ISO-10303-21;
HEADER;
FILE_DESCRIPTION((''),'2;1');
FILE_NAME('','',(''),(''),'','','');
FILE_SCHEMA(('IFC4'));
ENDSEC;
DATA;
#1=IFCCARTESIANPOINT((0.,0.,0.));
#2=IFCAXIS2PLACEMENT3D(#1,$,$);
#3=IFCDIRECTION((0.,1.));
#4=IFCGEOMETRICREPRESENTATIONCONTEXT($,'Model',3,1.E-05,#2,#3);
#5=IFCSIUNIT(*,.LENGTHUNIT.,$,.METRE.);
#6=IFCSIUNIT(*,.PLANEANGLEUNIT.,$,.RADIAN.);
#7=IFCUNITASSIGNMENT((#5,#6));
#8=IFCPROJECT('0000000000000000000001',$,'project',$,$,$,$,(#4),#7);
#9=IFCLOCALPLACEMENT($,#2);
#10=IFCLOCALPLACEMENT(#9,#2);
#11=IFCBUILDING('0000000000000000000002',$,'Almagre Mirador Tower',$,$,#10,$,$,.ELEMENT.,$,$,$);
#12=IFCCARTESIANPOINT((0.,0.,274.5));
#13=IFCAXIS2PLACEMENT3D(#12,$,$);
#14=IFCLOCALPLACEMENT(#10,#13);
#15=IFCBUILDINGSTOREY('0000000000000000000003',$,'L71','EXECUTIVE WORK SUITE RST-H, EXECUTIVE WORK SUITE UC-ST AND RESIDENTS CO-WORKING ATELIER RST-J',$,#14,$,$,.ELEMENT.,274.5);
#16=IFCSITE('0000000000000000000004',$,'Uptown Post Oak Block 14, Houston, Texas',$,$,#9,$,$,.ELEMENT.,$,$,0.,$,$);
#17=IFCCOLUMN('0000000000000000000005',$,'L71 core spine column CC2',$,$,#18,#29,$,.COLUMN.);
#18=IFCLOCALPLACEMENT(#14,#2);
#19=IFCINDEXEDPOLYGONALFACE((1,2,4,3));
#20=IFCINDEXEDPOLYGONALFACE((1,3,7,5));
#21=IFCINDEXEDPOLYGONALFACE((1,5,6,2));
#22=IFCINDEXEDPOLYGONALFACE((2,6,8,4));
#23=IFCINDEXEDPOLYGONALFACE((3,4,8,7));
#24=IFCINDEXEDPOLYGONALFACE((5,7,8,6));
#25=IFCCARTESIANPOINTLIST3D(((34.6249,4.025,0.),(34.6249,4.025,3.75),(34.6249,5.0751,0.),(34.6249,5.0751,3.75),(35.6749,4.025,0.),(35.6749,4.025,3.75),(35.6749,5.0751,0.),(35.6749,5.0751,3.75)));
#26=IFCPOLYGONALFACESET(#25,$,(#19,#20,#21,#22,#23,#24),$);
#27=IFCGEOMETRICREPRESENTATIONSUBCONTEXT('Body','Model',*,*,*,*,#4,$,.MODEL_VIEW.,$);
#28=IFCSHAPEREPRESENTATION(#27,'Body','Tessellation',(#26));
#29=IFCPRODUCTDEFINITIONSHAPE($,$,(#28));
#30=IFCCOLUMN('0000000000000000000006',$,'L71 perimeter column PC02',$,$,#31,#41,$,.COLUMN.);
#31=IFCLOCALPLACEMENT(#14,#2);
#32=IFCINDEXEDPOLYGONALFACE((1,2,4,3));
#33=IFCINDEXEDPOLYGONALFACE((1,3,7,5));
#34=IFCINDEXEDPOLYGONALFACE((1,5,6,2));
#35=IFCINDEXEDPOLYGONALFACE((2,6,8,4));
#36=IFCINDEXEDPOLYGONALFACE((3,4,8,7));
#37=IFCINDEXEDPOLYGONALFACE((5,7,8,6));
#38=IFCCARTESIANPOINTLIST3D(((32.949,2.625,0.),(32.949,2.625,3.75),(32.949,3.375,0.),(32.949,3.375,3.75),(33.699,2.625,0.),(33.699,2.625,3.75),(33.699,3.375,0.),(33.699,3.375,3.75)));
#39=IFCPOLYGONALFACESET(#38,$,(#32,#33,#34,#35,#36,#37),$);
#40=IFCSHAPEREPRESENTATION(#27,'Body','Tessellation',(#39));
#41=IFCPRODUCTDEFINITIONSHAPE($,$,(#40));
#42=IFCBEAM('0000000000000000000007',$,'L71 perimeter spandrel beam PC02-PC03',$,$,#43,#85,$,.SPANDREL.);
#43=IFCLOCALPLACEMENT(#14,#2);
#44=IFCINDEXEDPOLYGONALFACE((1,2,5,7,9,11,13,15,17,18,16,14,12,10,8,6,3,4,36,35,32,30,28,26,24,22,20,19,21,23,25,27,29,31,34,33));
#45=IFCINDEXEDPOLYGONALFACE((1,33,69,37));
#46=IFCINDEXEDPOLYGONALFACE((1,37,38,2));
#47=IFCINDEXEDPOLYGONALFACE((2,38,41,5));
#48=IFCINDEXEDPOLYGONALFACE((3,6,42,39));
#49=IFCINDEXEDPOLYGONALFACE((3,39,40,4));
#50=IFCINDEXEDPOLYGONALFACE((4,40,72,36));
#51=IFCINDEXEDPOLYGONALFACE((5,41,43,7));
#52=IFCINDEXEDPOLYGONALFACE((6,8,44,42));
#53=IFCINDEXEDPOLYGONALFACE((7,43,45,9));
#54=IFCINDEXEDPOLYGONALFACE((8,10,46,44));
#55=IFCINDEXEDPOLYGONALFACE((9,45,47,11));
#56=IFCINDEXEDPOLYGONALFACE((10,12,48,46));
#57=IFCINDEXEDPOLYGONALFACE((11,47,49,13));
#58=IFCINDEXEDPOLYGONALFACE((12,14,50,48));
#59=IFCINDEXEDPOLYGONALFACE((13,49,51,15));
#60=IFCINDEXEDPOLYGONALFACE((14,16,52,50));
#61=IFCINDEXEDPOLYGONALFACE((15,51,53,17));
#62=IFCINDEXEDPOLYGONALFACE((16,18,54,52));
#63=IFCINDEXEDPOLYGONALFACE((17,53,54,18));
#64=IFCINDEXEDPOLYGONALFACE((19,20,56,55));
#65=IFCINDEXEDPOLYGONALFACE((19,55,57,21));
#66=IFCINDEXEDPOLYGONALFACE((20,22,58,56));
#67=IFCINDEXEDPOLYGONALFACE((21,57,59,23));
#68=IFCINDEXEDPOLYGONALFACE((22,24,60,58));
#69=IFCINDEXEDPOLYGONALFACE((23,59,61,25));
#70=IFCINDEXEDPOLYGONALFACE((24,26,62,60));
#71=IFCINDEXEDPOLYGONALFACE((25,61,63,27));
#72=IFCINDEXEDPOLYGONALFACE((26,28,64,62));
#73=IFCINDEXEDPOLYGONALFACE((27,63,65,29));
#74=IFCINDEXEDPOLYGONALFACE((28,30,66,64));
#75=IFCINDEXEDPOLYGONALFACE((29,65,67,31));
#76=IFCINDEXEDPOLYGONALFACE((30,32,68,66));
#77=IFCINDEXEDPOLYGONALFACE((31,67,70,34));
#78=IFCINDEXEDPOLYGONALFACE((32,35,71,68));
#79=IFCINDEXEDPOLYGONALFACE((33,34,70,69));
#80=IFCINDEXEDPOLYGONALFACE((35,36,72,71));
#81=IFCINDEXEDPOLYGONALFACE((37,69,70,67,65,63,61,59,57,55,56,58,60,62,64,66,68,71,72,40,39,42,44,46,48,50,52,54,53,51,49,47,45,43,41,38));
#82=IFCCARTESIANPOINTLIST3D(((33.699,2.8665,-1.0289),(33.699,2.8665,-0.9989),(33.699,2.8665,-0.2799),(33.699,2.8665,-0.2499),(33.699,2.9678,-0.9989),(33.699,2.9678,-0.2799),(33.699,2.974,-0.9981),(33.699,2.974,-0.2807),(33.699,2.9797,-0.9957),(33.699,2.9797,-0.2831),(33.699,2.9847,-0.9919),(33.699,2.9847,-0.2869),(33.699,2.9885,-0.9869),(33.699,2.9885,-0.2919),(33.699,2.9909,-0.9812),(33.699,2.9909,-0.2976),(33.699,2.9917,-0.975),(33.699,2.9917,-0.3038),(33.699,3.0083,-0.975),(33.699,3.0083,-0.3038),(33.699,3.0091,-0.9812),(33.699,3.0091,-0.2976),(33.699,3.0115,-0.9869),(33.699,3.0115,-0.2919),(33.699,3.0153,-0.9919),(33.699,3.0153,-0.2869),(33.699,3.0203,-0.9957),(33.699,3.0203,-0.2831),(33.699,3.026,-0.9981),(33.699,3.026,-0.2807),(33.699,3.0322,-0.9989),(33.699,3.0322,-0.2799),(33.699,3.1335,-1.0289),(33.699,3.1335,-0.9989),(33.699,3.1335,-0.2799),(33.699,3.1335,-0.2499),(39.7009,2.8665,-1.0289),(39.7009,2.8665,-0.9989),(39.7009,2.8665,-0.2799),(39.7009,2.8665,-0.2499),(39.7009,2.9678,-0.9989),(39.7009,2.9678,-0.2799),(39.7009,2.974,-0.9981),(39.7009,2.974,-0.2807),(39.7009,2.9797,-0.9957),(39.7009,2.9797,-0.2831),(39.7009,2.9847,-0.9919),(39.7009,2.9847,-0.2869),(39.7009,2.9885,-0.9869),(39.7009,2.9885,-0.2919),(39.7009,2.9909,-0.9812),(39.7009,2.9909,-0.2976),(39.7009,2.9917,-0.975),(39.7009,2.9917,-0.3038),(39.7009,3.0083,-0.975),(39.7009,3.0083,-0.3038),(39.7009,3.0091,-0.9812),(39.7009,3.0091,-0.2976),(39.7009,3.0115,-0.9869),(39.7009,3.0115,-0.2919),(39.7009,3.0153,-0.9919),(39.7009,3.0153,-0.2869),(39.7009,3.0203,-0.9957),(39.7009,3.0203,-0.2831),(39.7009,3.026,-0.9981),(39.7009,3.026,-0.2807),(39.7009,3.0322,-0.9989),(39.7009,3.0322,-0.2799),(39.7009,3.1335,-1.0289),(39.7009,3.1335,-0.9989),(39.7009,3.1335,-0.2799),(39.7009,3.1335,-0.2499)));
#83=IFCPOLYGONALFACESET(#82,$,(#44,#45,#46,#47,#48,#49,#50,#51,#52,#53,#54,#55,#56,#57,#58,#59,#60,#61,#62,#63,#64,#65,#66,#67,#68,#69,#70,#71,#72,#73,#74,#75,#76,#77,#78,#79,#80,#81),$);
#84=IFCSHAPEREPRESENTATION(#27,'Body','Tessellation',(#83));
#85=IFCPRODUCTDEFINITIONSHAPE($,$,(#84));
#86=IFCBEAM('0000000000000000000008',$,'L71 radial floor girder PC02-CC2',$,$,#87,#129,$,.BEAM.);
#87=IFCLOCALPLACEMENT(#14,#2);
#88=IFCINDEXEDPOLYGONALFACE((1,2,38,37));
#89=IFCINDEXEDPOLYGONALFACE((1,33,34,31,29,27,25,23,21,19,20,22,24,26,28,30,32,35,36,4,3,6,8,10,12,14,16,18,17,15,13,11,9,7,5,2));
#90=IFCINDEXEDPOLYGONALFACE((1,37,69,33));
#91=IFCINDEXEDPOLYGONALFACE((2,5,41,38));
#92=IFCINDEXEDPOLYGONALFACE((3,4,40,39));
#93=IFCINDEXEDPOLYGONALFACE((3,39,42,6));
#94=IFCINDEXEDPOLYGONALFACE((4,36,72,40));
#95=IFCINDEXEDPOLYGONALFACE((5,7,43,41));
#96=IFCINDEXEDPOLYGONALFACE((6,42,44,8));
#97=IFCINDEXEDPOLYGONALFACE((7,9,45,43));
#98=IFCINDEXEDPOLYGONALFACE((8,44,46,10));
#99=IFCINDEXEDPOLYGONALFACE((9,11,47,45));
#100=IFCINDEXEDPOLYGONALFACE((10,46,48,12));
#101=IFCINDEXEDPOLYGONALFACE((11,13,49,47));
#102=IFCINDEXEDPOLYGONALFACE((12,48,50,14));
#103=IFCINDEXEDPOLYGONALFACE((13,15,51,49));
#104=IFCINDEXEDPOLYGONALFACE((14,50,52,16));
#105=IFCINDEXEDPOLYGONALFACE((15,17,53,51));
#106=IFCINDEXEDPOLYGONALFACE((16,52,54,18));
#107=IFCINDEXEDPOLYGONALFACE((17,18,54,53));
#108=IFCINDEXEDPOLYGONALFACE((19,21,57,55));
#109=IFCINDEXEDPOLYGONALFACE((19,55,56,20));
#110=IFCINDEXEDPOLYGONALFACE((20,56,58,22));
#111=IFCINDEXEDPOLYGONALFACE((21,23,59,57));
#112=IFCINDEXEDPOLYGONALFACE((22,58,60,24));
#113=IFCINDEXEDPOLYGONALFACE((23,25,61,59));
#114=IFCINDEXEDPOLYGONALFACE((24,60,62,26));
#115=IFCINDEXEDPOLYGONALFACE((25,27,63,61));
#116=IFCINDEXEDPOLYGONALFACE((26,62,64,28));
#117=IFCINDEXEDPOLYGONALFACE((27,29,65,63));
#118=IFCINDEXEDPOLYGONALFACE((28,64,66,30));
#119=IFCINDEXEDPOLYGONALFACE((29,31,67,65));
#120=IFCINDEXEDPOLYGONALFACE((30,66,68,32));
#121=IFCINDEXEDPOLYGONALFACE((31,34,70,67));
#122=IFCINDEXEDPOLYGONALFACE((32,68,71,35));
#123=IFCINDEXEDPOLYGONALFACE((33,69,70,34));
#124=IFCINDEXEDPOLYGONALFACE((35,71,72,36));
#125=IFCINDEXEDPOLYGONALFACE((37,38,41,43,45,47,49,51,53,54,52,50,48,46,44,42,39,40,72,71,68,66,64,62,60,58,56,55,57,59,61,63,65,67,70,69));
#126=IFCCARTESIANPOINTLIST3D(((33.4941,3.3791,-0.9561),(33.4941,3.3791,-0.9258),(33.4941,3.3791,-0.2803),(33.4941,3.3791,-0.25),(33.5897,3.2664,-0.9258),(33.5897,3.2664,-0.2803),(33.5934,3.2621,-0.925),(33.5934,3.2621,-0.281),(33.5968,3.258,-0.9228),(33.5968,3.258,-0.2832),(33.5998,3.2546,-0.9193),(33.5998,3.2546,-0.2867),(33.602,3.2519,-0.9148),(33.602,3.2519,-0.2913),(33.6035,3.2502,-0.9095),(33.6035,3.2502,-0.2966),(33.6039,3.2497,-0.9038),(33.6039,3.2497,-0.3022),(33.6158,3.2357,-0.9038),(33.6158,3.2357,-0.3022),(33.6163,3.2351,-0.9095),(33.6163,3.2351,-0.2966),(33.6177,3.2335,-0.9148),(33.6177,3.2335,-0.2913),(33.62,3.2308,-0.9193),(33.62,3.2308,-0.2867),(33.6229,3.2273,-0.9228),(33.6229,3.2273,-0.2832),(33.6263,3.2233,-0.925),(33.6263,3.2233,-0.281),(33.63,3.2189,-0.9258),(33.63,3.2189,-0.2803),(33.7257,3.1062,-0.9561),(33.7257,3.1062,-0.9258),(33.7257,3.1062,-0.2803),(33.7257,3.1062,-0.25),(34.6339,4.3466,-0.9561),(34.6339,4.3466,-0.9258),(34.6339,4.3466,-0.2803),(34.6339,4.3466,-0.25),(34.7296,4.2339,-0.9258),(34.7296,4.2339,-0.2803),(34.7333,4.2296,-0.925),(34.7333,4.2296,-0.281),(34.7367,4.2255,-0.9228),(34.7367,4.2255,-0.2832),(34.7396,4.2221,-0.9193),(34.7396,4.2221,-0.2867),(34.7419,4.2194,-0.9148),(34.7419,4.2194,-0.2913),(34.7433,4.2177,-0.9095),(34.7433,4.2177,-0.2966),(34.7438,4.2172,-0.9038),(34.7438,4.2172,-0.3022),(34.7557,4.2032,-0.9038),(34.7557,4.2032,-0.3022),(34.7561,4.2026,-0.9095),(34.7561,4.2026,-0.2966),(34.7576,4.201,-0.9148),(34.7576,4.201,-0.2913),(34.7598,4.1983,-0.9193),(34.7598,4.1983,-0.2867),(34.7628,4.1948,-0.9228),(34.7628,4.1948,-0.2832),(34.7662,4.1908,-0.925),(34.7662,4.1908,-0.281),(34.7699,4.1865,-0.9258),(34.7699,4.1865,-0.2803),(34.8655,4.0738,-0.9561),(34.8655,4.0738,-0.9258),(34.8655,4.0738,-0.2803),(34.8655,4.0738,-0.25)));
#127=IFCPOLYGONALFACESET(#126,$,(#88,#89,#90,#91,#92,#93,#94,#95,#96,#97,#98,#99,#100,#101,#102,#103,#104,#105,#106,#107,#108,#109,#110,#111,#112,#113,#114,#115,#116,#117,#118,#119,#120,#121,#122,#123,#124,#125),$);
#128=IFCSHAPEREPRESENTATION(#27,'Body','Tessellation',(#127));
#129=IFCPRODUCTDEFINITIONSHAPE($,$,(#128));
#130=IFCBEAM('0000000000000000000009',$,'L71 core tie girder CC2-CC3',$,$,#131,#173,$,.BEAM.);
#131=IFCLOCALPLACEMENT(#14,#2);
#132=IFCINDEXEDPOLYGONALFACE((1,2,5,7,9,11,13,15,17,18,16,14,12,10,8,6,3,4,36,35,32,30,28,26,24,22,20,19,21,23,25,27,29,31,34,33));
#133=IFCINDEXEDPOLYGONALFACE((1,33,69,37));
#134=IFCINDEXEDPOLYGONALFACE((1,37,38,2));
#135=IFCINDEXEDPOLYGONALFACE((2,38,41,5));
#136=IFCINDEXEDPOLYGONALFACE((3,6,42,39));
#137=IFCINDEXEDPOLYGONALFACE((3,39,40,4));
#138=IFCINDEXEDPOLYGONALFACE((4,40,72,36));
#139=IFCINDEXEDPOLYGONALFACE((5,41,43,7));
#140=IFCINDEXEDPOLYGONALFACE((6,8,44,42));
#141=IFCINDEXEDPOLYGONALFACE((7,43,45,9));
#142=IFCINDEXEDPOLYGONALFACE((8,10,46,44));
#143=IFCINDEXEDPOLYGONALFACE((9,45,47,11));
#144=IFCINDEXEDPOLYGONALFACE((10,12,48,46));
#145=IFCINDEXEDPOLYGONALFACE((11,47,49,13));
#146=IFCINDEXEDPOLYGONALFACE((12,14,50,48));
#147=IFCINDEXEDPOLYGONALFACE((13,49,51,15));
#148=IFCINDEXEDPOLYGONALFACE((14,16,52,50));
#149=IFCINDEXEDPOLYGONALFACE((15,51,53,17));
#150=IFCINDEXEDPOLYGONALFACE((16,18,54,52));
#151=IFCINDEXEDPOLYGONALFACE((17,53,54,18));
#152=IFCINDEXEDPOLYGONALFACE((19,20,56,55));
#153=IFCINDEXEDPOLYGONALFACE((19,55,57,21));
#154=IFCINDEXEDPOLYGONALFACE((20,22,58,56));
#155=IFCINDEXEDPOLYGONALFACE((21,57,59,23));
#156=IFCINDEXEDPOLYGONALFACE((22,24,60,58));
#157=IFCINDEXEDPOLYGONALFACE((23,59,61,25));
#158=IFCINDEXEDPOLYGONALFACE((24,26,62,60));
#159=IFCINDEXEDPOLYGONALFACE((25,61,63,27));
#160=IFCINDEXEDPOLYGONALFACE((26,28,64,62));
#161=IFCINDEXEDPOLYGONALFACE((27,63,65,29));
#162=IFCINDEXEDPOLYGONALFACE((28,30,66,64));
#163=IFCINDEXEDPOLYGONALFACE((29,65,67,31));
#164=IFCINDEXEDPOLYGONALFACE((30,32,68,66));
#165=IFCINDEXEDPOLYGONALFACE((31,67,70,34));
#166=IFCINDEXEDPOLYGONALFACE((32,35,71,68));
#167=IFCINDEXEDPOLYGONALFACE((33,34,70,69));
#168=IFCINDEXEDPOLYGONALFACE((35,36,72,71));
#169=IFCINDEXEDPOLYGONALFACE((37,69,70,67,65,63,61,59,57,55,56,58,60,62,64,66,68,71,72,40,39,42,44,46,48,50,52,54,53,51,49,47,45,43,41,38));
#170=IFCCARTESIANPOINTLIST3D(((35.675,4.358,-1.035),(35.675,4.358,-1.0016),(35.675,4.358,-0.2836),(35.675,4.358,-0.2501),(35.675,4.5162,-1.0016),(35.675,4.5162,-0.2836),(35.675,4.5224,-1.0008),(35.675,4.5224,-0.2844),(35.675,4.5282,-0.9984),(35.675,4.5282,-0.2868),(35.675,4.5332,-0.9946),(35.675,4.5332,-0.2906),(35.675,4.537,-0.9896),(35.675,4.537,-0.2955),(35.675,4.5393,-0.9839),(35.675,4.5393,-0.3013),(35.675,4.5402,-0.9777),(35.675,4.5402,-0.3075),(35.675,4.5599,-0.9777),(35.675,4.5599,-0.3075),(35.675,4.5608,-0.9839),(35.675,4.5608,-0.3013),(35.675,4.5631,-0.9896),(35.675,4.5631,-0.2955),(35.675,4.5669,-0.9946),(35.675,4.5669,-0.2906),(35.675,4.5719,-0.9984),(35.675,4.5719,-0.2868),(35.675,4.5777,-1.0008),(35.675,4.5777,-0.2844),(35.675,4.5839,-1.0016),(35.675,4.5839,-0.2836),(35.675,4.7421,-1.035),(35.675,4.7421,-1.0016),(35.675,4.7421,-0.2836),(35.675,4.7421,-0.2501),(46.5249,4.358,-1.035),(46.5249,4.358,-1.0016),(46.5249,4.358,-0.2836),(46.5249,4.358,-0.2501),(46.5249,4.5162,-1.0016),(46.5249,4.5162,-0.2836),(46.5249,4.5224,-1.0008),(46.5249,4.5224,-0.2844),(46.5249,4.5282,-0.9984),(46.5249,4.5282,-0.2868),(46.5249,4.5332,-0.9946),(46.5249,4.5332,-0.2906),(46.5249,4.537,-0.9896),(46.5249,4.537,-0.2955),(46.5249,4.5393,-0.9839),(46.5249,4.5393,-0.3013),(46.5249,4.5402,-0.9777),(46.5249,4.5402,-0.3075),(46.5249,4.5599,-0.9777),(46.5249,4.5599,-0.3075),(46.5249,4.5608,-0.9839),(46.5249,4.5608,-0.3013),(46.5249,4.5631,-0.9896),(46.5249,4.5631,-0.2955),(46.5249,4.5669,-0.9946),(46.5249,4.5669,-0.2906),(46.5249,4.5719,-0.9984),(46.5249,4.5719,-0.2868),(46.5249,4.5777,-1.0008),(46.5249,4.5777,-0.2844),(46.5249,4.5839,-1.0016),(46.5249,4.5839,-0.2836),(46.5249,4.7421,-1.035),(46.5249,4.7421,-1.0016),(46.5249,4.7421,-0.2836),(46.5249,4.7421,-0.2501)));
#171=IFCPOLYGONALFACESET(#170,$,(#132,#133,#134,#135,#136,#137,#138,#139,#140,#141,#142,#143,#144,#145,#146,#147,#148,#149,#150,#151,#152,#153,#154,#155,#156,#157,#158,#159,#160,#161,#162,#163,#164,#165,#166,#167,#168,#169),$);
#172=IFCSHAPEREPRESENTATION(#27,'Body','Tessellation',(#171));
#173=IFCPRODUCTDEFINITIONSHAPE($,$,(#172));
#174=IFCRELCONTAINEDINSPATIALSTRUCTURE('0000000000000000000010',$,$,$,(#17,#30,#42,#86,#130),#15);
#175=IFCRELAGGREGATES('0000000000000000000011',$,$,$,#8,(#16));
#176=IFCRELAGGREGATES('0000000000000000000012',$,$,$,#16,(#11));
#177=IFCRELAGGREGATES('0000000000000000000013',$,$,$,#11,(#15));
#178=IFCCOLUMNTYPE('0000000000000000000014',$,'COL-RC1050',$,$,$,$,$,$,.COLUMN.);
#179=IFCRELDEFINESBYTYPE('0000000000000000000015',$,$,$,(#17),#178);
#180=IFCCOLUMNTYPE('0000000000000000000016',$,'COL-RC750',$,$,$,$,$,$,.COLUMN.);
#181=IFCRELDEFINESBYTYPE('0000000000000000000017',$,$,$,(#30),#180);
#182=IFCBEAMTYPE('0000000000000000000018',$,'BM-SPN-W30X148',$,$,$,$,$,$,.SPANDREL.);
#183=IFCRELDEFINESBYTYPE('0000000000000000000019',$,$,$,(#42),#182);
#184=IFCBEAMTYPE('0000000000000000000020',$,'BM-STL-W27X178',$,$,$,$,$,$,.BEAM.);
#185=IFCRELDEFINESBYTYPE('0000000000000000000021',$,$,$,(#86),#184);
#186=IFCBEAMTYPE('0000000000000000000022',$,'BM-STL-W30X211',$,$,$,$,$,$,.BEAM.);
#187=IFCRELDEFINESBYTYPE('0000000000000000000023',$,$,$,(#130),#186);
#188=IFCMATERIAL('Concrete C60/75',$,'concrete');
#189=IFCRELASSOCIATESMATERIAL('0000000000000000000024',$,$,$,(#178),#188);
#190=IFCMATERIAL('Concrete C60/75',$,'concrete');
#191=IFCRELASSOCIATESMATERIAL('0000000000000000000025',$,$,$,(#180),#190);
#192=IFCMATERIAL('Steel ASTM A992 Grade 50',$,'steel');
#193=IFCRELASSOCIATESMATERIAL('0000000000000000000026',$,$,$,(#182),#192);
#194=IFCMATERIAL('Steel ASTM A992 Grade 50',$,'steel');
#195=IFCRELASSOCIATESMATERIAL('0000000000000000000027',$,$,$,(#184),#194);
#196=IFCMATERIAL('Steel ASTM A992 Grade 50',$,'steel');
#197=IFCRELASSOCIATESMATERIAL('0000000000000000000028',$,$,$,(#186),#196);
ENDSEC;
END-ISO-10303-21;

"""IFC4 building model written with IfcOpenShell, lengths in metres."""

from ifc_helpers import new_model, si_unit, direction, frame, origin, origin_2d, place, context, subcontext, project, spatial, rectangle, i_section, extrude, material, material_profile, profile_set, type_object, element, save


model = new_model("IFC4")

# Units and contexts
model_context = context("Model", 3, precision=1e-05, world=origin(), true_north=direction((0.0, 1.0)))
body_context = subcontext(model_context, "Body", "Model", "MODEL_VIEW")
ifc_project = project(units=[si_unit("LENGTHUNIT", "METRE"), si_unit("PLANEANGLEUNIT", "RADIAN")], contexts=[model_context])

# Site, building, storey
site_placement = place(None, origin())
site = spatial("IfcSite", under=ifc_project, at=site_placement, Name="Uptown Post Oak Block 14, Houston, Texas", CompositionType="ELEMENT", RefElevation=0.0)
building_placement = place(site_placement, origin())
building = spatial("IfcBuilding", under=site, at=building_placement, Name="Almagre Mirador Tower", CompositionType="ELEMENT")
storey_placement = place(building_placement, frame((0.0, 0.0, 274.5)))
storey = spatial("IfcBuildingStorey", under=building, at=storey_placement, Name="L71", Description="EXECUTIVE WORK SUITE RST-H, EXECUTIVE WORK SUITE UC-ST AND RESIDENTS CO-WORKING ATELIER RST-J", CompositionType="ELEMENT", Elevation=274.5)

# Columns
ifc_material_1 = material(Name="Concrete C60/75", Category="concrete")
ifc_material_profile_1 = material_profile(ifc_material_1, rectangle(XDim=1.05, YDim=1.05, at=origin_2d()), Name="RC1050X1050")
ifc_profile_set_1 = profile_set([ifc_material_profile_1], Name="Concrete C60/75")
column_type_1 = type_object("IfcColumnType", Name="COL-RC1050", PredefinedType="COLUMN", material=ifc_profile_set_1)
column_1_placement = place(storey_placement, frame((35.1499, 4.55, 0.0), z_axis=(0.0, 0.0, 1.0), x_axis=(1.0, 0.0, 0.0)))
element("IfcColumn", 1, at=column_1_placement, inside=storey, type_object=column_type_1, Name="L71 core spine column CC2", PredefinedType="COLUMN", context=body_context, shape_type="SweptSolid", body=[
    extrude(rectangle(XDim=1.05, YDim=1.05, at=origin_2d()), origin(), (0.0, 0.0, 1.0), 3.75),
])
ifc_material_2 = material(Name="Concrete C60/75", Category="concrete")
ifc_material_profile_2 = material_profile(ifc_material_2, rectangle(XDim=0.75, YDim=0.75, at=origin_2d()), Name="RC750X750")
ifc_profile_set_2 = profile_set([ifc_material_profile_2], Name="Concrete C60/75")
column_type_2 = type_object("IfcColumnType", Name="COL-RC750", PredefinedType="COLUMN", material=ifc_profile_set_2)
column_2_placement = place(storey_placement, frame((33.324, 3.0, 0.0), z_axis=(0.0, 0.0, 1.0), x_axis=(1.0, 0.0, 0.0)))
element("IfcColumn", 2, at=column_2_placement, inside=storey, type_object=column_type_2, Name="L71 perimeter column PC02", PredefinedType="COLUMN", context=body_context, shape_type="SweptSolid", body=[
    extrude(rectangle(XDim=0.75, YDim=0.75, at=origin_2d()), origin(), (0.0, 0.0, 1.0), 3.75),
])

# Beams
ifc_material_3 = material(Name="Steel ASTM A992 Grade 50", Category="steel")
ifc_material_profile_3 = material_profile(ifc_material_3, i_section(OverallWidth=0.2671, OverallDepth=0.7791, WebThickness=0.0166, FlangeThickness=0.03, FilletRadius=0.0239, at=origin_2d()), Name="W30X148")
ifc_profile_set_3 = profile_set([ifc_material_profile_3], Name="Steel ASTM A992 Grade 50")
beam_type_1 = type_object("IfcBeamType", Name="BM-SPN-W30X148", PredefinedType="SPANDREL", material=ifc_profile_set_3)
beam_1_placement = place(storey_placement, frame((33.699, 3.0, -0.6394), z_axis=(1.0, 0.0, 0.0), x_axis=(0.0, 1.0, 0.0)))
element("IfcBeam", 3, at=beam_1_placement, inside=storey, type_object=beam_type_1, Name="L71 perimeter spandrel beam PC02-PC03", PredefinedType="SPANDREL", context=body_context, shape_type="SweptSolid", body=[
    extrude(i_section(OverallWidth=0.2671, OverallDepth=0.7791, WebThickness=0.0166, FlangeThickness=0.03, FilletRadius=0.0239, at=origin_2d()), origin(), (0.0, 0.0, 1.0), 6.002),
])
ifc_material_4 = material(Name="Steel ASTM A992 Grade 50", Category="steel")
ifc_material_profile_4 = material_profile(ifc_material_4, i_section(OverallWidth=0.3579, OverallDepth=0.7061, WebThickness=0.0183, FlangeThickness=0.0303, FilletRadius=0.022, at=origin_2d()), Name="W27X178")
ifc_profile_set_4 = profile_set([ifc_material_profile_4], Name="Steel ASTM A992 Grade 50")
beam_type_2 = type_object("IfcBeamType", Name="BM-STL-W27X178", PredefinedType="BEAM", material=ifc_profile_set_4)
beam_2_placement = place(storey_placement, frame((33.6099, 3.2427, -0.603), z_axis=(0.762394, 0.647113, 0.0), x_axis=(-0.647113, 0.762394, 0.0)))
element("IfcBeam", 4, at=beam_2_placement, inside=storey, type_object=beam_type_2, Name="L71 radial floor girder PC02-CC2", PredefinedType="BEAM", context=body_context, shape_type="SweptSolid", body=[
    extrude(i_section(OverallWidth=0.3579, OverallDepth=0.7061, WebThickness=0.0183, FlangeThickness=0.0303, FilletRadius=0.022, at=origin_2d()), origin(), (0.0, 0.0, 1.0), 1.4951),
])
ifc_material_5 = material(Name="Steel ASTM A992 Grade 50", Category="steel")
ifc_material_profile_5 = material_profile(ifc_material_5, i_section(OverallWidth=0.384, OverallDepth=0.7849, WebThickness=0.0198, FlangeThickness=0.0334, FilletRadius=0.0239, at=origin_2d()), Name="W30X211")
ifc_profile_set_5 = profile_set([ifc_material_profile_5], Name="Steel ASTM A992 Grade 50")
beam_type_3 = type_object("IfcBeamType", Name="BM-STL-W30X211", PredefinedType="BEAM", material=ifc_profile_set_5)
beam_3_placement = place(storey_placement, frame((35.675, 4.55, -0.6426), z_axis=(1.0, 0.0, 0.0), x_axis=(0.0, 1.0, 0.0)))
element("IfcBeam", 5, at=beam_3_placement, inside=storey, type_object=beam_type_3, Name="L71 core tie girder CC2-CC3", PredefinedType="BEAM", context=body_context, shape_type="SweptSolid", body=[
    extrude(i_section(OverallWidth=0.384, OverallDepth=0.7849, WebThickness=0.0198, FlangeThickness=0.0334, FilletRadius=0.0239, at=origin_2d()), origin(), (0.0, 0.0, 1.0), 10.8499),
])

save(model, "model.ifc")
